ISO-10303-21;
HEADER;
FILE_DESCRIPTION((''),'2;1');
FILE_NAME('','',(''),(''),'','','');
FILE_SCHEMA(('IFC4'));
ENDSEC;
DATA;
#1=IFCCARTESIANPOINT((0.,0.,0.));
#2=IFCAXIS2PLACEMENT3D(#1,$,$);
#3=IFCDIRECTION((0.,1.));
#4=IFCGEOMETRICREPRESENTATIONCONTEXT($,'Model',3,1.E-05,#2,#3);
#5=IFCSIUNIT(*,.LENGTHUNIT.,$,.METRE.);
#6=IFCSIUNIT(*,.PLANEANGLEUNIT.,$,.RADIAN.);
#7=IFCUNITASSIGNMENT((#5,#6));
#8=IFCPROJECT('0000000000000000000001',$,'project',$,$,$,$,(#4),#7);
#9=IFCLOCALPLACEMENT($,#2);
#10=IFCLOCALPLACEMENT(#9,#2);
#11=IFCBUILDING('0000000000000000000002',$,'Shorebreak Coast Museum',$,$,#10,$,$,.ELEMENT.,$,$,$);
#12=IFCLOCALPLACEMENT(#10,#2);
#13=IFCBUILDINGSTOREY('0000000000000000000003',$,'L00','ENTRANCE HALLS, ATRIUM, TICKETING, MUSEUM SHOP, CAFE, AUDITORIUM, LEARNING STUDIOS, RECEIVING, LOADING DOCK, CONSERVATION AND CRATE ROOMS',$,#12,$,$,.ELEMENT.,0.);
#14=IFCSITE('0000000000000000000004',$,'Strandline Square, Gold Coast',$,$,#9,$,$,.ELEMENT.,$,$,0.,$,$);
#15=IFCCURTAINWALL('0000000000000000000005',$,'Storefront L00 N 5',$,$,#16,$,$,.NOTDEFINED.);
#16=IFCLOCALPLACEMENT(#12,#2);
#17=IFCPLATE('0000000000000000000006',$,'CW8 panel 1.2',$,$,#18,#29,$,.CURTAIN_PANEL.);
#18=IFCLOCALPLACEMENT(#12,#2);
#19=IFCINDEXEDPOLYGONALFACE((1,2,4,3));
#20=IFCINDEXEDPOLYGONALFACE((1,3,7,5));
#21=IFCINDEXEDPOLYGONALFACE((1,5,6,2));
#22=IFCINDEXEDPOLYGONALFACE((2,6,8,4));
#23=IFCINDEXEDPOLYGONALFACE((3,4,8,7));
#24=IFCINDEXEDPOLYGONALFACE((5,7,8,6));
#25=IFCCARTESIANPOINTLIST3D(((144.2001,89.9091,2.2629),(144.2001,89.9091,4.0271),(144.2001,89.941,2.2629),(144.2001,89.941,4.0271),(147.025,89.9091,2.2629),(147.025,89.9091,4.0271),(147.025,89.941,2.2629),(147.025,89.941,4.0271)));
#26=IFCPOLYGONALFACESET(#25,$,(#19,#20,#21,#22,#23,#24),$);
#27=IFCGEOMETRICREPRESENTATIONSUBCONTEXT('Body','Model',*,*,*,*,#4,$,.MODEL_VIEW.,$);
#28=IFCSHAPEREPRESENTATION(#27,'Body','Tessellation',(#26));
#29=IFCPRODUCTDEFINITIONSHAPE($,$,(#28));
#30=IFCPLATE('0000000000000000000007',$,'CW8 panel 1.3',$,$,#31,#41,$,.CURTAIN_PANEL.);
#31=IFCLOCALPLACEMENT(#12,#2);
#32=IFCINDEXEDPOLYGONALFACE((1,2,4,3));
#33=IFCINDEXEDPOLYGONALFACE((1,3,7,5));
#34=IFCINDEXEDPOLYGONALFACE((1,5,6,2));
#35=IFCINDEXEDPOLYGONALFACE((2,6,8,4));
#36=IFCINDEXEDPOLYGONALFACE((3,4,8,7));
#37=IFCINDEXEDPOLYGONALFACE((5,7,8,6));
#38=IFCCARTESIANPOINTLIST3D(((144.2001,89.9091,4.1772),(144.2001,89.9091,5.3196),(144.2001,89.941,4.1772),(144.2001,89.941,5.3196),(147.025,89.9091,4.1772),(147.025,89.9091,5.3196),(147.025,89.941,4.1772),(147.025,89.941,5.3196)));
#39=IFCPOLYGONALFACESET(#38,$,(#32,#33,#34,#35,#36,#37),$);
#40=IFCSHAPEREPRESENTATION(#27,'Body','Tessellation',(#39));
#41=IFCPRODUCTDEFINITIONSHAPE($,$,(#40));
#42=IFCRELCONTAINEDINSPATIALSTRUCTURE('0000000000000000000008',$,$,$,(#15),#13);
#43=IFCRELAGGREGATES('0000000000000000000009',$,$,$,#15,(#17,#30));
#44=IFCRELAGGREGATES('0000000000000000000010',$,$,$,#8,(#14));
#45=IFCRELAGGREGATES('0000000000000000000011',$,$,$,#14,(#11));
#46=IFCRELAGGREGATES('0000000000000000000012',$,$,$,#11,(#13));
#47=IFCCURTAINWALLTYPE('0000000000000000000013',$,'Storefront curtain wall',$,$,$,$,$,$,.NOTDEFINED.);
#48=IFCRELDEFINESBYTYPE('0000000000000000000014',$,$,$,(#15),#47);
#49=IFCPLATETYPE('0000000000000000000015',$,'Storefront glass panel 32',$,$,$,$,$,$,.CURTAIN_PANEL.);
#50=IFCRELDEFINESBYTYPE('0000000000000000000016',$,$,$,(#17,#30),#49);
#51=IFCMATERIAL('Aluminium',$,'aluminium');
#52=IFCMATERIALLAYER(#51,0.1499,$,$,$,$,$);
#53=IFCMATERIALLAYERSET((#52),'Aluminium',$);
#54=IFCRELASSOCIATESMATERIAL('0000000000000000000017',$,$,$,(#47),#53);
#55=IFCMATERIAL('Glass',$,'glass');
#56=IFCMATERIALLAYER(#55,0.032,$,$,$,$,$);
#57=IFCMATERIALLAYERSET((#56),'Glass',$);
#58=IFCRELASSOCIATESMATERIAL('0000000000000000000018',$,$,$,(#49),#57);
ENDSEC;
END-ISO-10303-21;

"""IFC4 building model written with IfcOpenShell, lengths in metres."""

from ifc_helpers import new_model, si_unit, direction, frame, origin, origin_2d, place, context, subcontext, project, spatial, rectangle, extrude, material, layer, layer_set, type_object, element, aggregate, save


model = new_model("IFC4")

# Units and contexts
model_context = context("Model", 3, precision=1e-05, world=origin(), true_north=direction((0.0, 1.0)))
body_context = subcontext(model_context, "Body", "Model", "MODEL_VIEW")
ifc_project = project(units=[si_unit("LENGTHUNIT", "METRE"), si_unit("PLANEANGLEUNIT", "RADIAN")], contexts=[model_context])

# Site, building, storey
site_placement = place(None, origin())
site = spatial("IfcSite", under=ifc_project, at=site_placement, Name="Strandline Square, Gold Coast", CompositionType="ELEMENT", RefElevation=0.0)
building_placement = place(site_placement, origin())
building = spatial("IfcBuilding", under=site, at=building_placement, Name="Shorebreak Coast Museum", CompositionType="ELEMENT")
storey_placement = place(building_placement, origin())
storey = spatial("IfcBuildingStorey", under=building, at=storey_placement, Name="L00", Description="ENTRANCE HALLS, ATRIUM, TICKETING, MUSEUM SHOP, CAFE, AUDITORIUM, LEARNING STUDIOS, RECEIVING, LOADING DOCK, CONSERVATION AND CRATE ROOMS", CompositionType="ELEMENT", Elevation=0.0)

# Curtain wall
ifc_material_1 = material(Name="Aluminium", Category="aluminium")
ifc_layer_1 = layer(ifc_material_1, 0.1499)
ifc_layer_set_1 = layer_set([ifc_layer_1], Name="Aluminium")
curtain_wall_type = type_object("IfcCurtainWallType", Name="Storefront curtain wall", PredefinedType="NOTDEFINED", material=ifc_layer_set_1)
curtain_wall_1_placement = place(storey_placement, origin())
curtain_wall_1 = element("IfcCurtainWall", 1, at=curtain_wall_1_placement, inside=storey, type_object=curtain_wall_type, Name="Storefront L00 N 5", PredefinedType="NOTDEFINED")

# Plates
ifc_material_2 = material(Name="Glass", Category="glass")
ifc_layer_2 = layer(ifc_material_2, 0.032)
ifc_layer_set_2 = layer_set([ifc_layer_2], Name="Glass")
plate_type = type_object("IfcPlateType", Name="Storefront glass panel 32", PredefinedType="CURTAIN_PANEL", material=ifc_layer_set_2)
plate_1_placement = place(storey_placement, frame((145.6125, 89.925, 2.2629), z_axis=(0.0, 0.0, 1.0), x_axis=(1.0, 0.0, 0.0)))
plate_1 = element("IfcPlate", 2, at=plate_1_placement, type_object=plate_type, Name="CW8 panel 1.2", PredefinedType="CURTAIN_PANEL", context=body_context, shape_type="SweptSolid", body=[
    extrude(rectangle(XDim=2.825, YDim=0.032, at=origin_2d()), origin(), (0.0, 0.0, 1.0), 1.7642),
])
plate_2_placement = place(storey_placement, frame((145.6125, 89.925, 4.1772), z_axis=(0.0, 0.0, 1.0), x_axis=(1.0, 0.0, 0.0)))
plate_2 = element("IfcPlate", 3, at=plate_2_placement, type_object=plate_type, Name="CW8 panel 1.3", PredefinedType="CURTAIN_PANEL", context=body_context, shape_type="SweptSolid", body=[
    extrude(rectangle(XDim=2.825, YDim=0.032, at=origin_2d()), origin(), (0.0, 0.0, 1.0), 1.1423),
])
aggregate(curtain_wall_1, [plate_1, plate_2])

save(model, "model.ifc")
